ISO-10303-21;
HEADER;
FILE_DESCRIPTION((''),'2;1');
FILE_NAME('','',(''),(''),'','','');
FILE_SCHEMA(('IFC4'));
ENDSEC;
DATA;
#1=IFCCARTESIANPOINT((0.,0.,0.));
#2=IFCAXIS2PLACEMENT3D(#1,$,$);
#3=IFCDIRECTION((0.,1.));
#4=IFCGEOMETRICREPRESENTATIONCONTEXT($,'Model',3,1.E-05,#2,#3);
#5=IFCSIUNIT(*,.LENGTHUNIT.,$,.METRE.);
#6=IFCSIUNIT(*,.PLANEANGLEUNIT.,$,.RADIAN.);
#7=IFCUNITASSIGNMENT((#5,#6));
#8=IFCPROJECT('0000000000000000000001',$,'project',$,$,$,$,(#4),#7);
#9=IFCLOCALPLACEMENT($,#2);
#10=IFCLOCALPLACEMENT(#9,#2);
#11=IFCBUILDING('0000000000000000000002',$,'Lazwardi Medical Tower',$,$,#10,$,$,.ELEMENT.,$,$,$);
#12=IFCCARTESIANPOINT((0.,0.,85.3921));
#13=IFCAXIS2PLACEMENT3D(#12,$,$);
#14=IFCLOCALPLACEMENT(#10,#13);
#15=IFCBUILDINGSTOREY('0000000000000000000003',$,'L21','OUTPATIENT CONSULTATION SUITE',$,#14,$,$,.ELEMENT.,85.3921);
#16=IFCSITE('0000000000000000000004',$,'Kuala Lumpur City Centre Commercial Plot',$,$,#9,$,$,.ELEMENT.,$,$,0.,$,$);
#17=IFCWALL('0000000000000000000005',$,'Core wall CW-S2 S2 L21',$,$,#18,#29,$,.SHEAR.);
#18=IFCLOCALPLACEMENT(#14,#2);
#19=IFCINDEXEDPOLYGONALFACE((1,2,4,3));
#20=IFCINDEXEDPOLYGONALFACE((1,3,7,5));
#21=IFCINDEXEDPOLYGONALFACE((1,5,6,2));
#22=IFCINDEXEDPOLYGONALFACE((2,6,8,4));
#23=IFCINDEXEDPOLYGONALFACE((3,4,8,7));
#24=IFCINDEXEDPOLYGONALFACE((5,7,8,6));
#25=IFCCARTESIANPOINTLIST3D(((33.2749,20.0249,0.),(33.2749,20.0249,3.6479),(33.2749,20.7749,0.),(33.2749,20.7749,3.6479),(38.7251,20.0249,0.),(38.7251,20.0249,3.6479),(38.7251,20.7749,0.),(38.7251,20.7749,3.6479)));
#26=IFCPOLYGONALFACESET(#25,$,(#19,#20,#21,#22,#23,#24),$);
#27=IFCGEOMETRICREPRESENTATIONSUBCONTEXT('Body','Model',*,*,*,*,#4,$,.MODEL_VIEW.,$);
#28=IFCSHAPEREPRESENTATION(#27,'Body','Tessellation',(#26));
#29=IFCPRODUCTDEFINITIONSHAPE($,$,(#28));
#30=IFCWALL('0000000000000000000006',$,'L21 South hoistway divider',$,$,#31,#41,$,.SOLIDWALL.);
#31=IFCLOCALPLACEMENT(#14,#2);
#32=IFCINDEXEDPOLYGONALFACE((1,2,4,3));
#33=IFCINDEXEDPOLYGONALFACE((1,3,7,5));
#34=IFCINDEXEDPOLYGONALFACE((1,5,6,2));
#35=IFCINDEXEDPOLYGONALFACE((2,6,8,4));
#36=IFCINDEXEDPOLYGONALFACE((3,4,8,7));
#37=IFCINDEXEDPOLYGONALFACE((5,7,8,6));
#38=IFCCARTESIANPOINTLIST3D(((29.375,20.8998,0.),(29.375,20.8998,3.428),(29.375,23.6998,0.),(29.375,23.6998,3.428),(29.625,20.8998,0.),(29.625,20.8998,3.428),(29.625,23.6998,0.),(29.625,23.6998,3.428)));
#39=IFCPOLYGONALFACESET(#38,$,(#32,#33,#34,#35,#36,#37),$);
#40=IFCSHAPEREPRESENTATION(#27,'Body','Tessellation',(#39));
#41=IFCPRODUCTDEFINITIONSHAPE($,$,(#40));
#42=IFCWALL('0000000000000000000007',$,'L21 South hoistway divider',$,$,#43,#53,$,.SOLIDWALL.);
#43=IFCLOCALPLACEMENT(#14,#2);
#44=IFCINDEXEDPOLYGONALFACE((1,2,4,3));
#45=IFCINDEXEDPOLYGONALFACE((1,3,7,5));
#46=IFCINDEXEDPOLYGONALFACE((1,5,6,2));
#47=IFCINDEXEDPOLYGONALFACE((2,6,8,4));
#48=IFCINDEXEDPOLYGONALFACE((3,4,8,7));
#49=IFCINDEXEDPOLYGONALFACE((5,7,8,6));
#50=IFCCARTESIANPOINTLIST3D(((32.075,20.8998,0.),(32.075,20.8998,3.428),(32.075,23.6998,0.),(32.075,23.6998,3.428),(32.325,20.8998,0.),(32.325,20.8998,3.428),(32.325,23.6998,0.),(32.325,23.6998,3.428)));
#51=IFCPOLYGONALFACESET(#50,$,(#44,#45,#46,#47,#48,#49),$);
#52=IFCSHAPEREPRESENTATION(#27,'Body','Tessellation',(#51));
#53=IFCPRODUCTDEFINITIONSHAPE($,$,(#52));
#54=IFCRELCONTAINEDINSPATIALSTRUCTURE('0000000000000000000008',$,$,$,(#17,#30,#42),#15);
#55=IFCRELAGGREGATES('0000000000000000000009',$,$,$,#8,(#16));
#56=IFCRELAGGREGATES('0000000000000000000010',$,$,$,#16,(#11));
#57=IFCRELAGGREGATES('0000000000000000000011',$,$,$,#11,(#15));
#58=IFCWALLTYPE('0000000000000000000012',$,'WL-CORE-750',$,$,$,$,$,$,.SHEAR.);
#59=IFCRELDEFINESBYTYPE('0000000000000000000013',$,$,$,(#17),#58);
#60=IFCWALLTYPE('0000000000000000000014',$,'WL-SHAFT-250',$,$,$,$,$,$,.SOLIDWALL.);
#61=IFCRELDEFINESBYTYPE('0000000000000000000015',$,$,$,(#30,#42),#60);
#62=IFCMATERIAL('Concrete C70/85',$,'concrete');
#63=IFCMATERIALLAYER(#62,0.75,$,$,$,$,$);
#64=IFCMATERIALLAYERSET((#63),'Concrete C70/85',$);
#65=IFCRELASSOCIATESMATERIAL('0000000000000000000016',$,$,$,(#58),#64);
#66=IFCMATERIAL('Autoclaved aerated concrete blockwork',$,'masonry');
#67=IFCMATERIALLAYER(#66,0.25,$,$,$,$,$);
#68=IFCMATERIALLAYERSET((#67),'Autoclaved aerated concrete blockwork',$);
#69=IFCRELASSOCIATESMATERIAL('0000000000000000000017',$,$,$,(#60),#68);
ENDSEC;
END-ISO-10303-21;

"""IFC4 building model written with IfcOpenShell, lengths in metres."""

from ifc_helpers import new_model, si_unit, direction, frame, frame_2d, origin, place, context, subcontext, project, spatial, rectangle, extrude, material, layer, layer_set, type_object, element, save


model = new_model("IFC4")

# Units and contexts
model_context = context("Model", 3, precision=1e-05, world=origin(), true_north=direction((0.0, 1.0)))
body_context = subcontext(model_context, "Body", "Model", "MODEL_VIEW")
ifc_project = project(units=[si_unit("LENGTHUNIT", "METRE"), si_unit("PLANEANGLEUNIT", "RADIAN")], contexts=[model_context])

# Site, building, storey
site_placement = place(None, origin())
site = spatial("IfcSite", under=ifc_project, at=site_placement, Name="Kuala Lumpur City Centre Commercial Plot", CompositionType="ELEMENT", RefElevation=0.0)
building_placement = place(site_placement, origin())
building = spatial("IfcBuilding", under=site, at=building_placement, Name="Lazwardi Medical Tower", CompositionType="ELEMENT")
storey_placement = place(building_placement, frame((0.0, 0.0, 85.3921)))
storey = spatial("IfcBuildingStorey", under=building, at=storey_placement, Name="L21", Description="OUTPATIENT CONSULTATION SUITE", CompositionType="ELEMENT", Elevation=85.3921)

# Shared definitions
ifc_material_1 = material(Name="Concrete C70/85", Category="concrete")

# Shared definitions
ifc_layer_1 = layer(ifc_material_1, 0.75)
ifc_layer_set_1 = layer_set([ifc_layer_1], Name="Concrete C70/85")
wall_type_1 = type_object("IfcWallType", Name="WL-CORE-750", PredefinedType="SHEAR", material=ifc_layer_set_1)

# Walls
wall_1_placement = place(storey_placement, frame((33.2749, 20.3999, 0.0), z_axis=(0.0, 0.0, 1.0), x_axis=(1.0, 0.0, 0.0)))
element("IfcWall", 1, at=wall_1_placement, inside=storey, type_object=wall_type_1, Name="Core wall CW-S2 S2 L21", PredefinedType="SHEAR", context=body_context, shape_type="SweptSolid", body=[
    extrude(rectangle(XDim=5.4502, YDim=0.75, at=frame_2d((2.7251, 0.0))), origin(), (0.0, 0.0, 1.0), 3.6479),
])
ifc_material_2 = material(Name="Autoclaved aerated concrete blockwork", Category="masonry")
ifc_layer_2 = layer(ifc_material_2, 0.25)
ifc_layer_set_2 = layer_set([ifc_layer_2], Name="Autoclaved aerated concrete blockwork")
wall_type_2 = type_object("IfcWallType", Name="WL-SHAFT-250", PredefinedType="SOLIDWALL", material=ifc_layer_set_2)
for number, where, z_axis, x_axis, name in (
    (2, (29.5, 20.8999, 0.0), (0.0, 0.0, 1.0), (0.0, 1.0, 0.0), "L21 South hoistway divider"),
    (3, (32.2, 20.8999, 0.0), (0.0, 0.0, 1.0), (0.0, 1.0, 0.0), "L21 South hoistway divider"),
):
    element("IfcWall", number, at=place(storey_placement, frame(where, z_axis=z_axis, x_axis=x_axis)), inside=storey, type_object=wall_type_2, Name=name, PredefinedType="SOLIDWALL", context=body_context, shape_type="SweptSolid", body=[
        extrude(rectangle(XDim=2.8, YDim=0.25, at=frame_2d((1.3999, 0.0))), origin(), (0.0, 0.0, 1.0), 3.428),
    ])

save(model, "model.ifc")
